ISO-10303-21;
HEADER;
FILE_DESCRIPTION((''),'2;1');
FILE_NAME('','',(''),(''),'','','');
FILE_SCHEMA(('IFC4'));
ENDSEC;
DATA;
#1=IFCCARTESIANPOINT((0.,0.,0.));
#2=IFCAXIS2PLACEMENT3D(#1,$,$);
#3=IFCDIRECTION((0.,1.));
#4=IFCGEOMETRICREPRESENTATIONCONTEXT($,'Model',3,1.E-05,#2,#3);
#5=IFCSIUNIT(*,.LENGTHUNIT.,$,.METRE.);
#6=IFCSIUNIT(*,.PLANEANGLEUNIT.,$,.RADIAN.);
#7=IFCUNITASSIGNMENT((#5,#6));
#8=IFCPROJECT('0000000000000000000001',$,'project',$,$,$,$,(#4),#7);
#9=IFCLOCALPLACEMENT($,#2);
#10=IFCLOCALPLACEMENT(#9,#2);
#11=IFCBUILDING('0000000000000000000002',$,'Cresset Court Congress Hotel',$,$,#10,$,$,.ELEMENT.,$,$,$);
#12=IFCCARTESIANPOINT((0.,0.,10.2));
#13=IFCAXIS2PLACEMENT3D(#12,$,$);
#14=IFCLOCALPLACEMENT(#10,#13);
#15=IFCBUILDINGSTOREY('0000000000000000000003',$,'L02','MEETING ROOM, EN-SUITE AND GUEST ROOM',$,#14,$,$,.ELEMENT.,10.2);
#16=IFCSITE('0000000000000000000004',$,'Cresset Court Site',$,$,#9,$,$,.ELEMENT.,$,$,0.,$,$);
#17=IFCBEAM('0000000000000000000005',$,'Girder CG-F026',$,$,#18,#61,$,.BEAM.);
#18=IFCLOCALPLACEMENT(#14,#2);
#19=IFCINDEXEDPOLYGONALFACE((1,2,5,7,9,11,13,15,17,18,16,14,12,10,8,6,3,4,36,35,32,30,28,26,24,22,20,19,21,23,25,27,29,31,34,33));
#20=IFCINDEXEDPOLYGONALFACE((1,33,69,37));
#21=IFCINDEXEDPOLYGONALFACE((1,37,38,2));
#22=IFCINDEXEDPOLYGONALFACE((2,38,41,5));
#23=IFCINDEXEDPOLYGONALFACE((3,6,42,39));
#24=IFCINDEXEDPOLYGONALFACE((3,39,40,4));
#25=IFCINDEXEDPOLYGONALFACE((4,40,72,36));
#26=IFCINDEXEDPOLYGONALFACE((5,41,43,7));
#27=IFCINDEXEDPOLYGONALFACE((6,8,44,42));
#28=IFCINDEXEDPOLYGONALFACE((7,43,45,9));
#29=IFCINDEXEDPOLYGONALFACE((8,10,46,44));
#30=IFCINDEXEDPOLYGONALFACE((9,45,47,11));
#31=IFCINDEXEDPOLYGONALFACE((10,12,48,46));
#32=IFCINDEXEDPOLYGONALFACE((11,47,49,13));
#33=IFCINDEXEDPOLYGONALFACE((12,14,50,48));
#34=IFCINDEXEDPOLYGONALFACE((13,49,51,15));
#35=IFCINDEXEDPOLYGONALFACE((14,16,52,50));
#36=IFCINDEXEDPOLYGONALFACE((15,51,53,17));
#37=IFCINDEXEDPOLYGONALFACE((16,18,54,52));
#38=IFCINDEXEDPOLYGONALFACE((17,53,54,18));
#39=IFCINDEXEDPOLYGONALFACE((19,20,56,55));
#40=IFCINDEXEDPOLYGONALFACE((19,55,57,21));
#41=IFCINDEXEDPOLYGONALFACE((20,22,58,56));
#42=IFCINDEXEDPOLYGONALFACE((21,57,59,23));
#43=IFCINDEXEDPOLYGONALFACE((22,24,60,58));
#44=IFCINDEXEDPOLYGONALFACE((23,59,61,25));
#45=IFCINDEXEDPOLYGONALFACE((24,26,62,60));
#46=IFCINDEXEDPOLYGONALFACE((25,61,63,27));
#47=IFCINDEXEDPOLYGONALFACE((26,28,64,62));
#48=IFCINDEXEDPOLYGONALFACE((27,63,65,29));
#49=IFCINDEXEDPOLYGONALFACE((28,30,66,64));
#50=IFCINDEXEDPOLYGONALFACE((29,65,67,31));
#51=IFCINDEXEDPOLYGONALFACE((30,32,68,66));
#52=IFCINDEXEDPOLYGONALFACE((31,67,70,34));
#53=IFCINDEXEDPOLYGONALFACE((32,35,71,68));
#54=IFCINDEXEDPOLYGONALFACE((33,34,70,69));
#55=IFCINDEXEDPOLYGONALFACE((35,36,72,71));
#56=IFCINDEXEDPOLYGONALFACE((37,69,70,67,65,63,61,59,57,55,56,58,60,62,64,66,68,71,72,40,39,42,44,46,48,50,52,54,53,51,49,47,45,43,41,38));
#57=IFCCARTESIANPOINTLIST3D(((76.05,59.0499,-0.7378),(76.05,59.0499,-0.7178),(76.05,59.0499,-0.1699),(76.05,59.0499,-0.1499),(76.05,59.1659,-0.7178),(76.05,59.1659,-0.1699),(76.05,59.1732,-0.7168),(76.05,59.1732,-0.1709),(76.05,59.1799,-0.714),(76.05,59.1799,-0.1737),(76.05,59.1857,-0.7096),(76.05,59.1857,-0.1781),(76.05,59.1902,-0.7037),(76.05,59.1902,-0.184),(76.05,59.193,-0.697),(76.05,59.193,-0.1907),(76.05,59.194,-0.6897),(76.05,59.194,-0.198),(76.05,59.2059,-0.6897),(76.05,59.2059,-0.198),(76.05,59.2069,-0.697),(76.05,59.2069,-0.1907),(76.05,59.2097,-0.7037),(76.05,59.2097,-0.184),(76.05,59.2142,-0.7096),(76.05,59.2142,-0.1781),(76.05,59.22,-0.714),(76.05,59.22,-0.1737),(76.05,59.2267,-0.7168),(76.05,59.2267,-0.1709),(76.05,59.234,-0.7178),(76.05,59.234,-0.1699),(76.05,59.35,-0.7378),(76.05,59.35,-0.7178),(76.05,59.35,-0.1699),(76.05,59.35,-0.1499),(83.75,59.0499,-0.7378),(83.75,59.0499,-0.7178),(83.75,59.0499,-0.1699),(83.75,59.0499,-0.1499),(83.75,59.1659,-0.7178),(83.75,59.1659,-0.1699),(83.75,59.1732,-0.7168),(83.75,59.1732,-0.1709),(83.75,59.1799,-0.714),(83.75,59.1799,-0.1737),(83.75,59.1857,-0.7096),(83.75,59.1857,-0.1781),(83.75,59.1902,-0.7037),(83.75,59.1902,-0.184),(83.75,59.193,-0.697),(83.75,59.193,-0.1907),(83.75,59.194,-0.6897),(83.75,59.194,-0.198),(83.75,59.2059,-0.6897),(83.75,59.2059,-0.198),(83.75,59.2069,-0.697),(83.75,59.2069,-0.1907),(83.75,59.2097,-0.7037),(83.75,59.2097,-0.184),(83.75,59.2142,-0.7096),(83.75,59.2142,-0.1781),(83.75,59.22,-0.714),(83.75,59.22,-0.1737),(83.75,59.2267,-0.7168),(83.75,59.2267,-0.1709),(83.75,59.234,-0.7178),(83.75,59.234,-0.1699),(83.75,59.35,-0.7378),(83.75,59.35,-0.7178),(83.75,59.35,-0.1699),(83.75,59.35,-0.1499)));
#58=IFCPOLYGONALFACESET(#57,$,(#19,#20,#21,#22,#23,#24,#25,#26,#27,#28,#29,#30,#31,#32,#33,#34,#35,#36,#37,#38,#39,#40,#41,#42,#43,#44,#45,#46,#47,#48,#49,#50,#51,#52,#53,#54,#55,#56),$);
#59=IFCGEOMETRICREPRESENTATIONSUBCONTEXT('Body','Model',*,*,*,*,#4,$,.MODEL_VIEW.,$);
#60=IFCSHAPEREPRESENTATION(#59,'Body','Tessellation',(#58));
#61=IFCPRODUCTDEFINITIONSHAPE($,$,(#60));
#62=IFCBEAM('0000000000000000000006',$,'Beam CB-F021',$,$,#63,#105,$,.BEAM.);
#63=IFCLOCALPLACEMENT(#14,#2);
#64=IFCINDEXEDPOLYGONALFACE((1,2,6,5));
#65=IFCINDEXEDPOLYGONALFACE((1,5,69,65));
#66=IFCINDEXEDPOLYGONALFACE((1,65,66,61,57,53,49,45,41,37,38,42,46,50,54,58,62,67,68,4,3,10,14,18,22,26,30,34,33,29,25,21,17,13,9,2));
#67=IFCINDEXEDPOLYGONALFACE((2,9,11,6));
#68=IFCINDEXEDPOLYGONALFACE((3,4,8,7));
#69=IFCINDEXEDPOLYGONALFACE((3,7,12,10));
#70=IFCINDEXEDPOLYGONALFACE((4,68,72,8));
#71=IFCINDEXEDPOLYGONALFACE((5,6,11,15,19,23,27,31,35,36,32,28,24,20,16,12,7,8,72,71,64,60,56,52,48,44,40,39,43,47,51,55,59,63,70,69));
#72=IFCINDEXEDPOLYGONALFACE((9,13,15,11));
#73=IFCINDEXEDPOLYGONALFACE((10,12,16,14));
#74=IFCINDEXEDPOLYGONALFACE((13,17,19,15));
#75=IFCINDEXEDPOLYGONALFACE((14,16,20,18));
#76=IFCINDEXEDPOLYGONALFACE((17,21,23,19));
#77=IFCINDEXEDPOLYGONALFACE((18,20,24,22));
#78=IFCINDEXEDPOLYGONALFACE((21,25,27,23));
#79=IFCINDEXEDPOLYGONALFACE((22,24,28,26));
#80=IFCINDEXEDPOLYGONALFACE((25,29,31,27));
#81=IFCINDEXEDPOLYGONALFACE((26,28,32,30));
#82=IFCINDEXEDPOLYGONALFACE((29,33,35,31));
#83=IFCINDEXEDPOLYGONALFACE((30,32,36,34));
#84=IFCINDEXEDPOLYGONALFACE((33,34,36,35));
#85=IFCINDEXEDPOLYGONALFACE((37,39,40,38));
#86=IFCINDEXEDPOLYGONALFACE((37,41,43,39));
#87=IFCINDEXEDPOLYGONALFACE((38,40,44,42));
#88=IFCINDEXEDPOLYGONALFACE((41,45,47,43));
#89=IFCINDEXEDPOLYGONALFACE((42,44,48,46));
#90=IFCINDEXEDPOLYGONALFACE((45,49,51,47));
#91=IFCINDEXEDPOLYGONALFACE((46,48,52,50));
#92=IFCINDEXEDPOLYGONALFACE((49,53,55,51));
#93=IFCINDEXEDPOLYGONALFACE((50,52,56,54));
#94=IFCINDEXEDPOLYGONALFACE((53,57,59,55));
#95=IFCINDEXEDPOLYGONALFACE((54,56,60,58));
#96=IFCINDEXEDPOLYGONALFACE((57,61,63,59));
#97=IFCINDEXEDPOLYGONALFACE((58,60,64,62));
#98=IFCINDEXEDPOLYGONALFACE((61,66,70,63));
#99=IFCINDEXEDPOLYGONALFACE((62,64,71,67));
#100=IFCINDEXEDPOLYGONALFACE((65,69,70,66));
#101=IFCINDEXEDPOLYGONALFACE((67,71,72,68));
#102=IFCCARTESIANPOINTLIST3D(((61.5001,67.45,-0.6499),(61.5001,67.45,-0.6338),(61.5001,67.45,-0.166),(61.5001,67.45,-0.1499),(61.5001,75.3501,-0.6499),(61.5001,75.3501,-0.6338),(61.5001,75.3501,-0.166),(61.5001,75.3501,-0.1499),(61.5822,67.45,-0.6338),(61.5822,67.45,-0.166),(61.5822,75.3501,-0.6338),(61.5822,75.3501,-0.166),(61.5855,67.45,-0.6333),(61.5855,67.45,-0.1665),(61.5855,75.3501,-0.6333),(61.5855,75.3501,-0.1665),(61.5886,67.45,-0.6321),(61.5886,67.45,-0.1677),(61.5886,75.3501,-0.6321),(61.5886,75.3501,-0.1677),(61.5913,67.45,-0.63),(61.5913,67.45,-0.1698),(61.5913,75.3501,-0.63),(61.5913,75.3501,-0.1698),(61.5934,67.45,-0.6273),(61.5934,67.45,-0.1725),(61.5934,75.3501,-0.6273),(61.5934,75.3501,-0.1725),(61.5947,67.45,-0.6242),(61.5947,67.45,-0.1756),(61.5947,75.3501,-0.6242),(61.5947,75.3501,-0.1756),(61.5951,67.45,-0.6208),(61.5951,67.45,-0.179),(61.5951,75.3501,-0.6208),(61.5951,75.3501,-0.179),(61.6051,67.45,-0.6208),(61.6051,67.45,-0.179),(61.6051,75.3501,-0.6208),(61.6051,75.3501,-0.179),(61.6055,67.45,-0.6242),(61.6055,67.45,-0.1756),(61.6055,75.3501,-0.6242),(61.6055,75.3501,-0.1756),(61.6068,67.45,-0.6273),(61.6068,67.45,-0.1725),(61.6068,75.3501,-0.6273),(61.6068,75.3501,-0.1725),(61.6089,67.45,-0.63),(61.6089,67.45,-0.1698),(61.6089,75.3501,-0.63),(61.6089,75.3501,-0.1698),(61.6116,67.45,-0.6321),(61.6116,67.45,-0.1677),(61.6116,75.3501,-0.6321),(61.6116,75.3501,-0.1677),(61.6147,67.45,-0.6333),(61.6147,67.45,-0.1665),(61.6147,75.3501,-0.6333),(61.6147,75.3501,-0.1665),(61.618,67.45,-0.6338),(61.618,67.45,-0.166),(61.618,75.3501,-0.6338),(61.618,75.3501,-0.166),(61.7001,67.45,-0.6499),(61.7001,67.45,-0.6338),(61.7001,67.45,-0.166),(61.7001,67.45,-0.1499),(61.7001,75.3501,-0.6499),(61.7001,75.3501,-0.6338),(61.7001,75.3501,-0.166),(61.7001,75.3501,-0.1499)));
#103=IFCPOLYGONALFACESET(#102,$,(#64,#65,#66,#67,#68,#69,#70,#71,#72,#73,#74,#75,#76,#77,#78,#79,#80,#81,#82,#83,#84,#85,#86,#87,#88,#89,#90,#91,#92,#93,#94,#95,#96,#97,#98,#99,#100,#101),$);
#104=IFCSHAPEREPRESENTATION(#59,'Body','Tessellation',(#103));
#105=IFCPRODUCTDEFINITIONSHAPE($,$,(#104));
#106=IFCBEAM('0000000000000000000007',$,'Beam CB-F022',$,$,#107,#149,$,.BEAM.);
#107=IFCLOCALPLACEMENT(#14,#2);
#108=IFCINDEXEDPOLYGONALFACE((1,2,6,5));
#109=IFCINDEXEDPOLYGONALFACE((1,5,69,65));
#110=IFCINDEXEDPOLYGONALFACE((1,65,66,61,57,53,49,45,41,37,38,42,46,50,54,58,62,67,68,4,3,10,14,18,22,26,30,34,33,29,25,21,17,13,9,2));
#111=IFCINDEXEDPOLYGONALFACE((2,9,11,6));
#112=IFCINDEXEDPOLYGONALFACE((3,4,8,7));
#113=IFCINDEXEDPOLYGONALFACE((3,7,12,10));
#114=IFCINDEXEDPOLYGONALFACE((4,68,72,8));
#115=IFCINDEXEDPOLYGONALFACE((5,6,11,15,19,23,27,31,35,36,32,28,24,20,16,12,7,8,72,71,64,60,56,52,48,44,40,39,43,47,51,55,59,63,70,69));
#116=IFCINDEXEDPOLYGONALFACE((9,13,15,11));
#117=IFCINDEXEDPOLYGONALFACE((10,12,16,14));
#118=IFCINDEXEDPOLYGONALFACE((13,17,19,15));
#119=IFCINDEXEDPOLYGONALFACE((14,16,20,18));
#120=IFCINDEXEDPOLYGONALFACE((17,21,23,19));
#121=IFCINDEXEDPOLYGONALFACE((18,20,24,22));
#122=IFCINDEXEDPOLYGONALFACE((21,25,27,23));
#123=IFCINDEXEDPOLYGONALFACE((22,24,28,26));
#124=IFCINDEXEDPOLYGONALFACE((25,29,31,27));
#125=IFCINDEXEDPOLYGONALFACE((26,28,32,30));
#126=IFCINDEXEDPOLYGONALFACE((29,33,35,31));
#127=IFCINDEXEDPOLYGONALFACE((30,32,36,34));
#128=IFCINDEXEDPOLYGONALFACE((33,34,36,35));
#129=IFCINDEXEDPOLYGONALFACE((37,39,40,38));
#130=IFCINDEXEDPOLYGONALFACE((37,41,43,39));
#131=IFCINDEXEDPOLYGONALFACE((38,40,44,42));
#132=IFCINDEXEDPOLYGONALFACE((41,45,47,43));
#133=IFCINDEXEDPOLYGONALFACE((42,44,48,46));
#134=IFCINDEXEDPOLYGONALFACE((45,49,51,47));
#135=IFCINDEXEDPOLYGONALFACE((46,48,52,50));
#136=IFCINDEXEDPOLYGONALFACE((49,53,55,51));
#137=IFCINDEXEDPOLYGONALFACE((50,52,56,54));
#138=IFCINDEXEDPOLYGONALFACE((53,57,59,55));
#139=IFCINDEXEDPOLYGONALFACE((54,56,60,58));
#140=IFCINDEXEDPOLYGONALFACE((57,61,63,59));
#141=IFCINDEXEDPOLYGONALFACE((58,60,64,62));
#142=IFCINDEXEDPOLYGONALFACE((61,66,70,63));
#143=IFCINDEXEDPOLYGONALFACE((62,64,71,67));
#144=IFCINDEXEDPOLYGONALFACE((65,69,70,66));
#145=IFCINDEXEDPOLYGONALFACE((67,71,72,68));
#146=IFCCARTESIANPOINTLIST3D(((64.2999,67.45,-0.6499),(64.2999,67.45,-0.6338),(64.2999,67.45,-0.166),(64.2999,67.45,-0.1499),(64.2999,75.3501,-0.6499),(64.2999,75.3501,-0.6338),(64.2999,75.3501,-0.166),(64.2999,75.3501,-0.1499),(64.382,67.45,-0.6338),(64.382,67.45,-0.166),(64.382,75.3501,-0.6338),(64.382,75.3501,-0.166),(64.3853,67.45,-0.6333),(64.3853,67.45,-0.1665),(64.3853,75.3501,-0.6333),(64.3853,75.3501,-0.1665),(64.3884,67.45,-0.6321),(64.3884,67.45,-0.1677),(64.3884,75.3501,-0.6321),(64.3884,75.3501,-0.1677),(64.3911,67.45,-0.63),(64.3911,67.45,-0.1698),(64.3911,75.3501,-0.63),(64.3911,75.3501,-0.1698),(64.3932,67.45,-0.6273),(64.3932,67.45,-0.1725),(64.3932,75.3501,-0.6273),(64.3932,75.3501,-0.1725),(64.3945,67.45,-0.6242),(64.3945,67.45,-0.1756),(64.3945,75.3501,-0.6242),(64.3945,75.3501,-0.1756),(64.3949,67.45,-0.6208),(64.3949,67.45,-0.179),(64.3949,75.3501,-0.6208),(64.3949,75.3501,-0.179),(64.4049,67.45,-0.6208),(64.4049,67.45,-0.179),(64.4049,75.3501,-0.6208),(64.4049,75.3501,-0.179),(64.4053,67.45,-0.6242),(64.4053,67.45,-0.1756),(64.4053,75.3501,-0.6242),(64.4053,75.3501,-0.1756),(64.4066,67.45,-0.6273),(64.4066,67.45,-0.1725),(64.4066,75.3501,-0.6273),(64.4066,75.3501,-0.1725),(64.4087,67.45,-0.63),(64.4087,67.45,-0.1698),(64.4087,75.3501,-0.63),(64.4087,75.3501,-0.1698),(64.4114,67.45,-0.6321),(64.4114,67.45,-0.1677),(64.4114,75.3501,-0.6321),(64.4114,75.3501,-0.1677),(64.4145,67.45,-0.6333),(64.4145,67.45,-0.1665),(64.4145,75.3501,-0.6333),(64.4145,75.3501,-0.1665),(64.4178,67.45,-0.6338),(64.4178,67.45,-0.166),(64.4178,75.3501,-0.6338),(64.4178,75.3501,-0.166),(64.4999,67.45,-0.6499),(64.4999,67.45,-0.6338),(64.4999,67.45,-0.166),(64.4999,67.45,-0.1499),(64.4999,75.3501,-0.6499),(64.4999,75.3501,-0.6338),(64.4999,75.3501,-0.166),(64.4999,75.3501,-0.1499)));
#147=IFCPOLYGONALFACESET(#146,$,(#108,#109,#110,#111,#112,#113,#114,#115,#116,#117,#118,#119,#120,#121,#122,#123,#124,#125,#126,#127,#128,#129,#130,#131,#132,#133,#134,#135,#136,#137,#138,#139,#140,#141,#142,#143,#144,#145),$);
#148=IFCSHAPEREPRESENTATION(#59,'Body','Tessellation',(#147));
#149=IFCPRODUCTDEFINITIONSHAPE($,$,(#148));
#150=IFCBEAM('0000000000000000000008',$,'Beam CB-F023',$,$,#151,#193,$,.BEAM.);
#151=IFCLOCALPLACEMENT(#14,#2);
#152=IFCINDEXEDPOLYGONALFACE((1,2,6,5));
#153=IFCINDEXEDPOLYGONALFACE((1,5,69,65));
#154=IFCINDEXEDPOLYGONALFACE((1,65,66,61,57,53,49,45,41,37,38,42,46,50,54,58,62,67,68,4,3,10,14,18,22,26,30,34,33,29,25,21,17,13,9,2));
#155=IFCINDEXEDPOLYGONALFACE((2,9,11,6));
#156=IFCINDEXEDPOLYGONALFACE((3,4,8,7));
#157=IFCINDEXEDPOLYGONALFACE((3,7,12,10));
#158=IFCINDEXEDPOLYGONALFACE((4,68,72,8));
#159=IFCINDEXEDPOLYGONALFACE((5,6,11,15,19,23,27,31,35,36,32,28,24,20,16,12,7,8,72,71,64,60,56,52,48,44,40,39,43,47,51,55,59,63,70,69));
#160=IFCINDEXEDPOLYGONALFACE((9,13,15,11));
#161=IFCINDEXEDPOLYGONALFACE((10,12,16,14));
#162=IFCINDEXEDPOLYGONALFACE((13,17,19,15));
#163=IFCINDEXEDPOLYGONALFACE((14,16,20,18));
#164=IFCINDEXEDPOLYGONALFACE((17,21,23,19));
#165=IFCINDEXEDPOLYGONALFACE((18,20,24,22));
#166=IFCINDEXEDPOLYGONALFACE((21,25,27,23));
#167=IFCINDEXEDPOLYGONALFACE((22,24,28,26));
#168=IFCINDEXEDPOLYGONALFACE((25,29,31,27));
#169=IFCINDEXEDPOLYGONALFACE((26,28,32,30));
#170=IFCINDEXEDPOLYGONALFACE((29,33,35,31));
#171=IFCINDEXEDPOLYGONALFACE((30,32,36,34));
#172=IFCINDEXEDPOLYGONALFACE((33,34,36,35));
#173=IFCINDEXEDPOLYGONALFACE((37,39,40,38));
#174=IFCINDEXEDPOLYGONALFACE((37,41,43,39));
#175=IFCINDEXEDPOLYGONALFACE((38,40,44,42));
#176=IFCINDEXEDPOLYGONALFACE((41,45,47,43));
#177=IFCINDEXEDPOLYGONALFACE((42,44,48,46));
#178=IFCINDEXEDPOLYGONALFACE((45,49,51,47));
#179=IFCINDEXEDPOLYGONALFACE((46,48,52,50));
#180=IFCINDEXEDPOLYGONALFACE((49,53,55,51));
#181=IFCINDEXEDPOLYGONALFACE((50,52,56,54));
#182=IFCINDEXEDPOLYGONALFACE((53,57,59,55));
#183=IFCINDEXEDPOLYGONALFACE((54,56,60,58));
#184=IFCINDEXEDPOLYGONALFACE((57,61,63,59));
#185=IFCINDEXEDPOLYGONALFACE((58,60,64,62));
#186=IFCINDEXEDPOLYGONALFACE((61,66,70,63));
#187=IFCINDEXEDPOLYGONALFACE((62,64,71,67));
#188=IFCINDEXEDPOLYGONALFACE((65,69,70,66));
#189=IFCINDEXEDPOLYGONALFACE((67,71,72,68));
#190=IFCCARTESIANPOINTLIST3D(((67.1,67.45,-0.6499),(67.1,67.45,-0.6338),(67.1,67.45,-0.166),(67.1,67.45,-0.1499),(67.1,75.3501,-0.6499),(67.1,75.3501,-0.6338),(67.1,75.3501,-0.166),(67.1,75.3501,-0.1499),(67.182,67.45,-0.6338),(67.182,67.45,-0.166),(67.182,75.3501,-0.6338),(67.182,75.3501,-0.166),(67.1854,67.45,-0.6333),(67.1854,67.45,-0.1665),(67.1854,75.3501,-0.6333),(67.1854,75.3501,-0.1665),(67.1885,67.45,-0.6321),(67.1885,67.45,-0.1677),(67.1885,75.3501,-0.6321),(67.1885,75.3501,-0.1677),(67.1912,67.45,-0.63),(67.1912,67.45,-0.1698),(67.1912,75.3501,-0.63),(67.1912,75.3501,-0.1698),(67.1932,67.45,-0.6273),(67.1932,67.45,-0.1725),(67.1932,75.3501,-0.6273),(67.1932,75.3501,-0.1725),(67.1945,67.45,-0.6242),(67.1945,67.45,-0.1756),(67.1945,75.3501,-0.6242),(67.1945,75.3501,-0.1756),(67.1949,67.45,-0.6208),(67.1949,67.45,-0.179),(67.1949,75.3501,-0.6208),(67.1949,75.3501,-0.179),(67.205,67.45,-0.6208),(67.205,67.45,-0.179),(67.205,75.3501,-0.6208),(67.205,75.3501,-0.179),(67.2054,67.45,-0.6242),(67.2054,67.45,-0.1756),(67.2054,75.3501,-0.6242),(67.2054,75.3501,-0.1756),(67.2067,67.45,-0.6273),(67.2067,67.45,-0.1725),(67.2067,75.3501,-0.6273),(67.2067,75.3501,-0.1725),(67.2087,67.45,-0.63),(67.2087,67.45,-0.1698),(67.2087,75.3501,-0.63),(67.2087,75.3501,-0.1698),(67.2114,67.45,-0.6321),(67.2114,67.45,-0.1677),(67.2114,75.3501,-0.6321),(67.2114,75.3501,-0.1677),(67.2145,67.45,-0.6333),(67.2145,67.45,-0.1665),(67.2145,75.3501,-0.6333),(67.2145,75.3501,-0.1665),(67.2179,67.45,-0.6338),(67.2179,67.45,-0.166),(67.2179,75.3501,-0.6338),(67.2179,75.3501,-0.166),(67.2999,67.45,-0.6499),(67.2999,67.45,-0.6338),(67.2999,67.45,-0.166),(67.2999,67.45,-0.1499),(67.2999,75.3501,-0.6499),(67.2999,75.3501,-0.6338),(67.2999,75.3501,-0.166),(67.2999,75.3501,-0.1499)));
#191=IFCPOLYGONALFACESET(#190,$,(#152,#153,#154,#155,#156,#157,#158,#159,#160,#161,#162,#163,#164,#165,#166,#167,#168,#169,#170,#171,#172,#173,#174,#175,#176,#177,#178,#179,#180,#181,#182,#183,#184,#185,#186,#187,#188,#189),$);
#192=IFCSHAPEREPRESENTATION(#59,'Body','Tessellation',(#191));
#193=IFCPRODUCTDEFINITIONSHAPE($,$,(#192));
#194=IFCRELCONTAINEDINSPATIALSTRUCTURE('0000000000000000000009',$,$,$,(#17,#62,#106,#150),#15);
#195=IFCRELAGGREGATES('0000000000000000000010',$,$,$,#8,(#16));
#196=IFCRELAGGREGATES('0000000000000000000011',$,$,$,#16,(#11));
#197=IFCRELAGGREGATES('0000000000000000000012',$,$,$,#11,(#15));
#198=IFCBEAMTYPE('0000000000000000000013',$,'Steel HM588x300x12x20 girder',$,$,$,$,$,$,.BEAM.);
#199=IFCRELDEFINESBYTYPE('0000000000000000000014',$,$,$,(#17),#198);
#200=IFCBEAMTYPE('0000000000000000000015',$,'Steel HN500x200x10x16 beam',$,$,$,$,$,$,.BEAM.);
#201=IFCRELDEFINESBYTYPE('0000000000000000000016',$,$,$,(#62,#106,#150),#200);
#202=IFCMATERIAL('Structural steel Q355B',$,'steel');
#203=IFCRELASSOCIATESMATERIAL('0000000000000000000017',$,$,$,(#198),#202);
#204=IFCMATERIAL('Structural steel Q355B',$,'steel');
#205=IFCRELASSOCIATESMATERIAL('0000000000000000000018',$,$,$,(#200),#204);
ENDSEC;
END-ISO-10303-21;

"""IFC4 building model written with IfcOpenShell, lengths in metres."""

from ifc_helpers import new_model, si_unit, direction, frame, origin, origin_2d, place, context, subcontext, project, spatial, i_section, extrude, material, material_profile, profile_set, type_object, element, save


model = new_model("IFC4")

# Units and contexts
model_context = context("Model", 3, precision=1e-05, world=origin(), true_north=direction((0.0, 1.0)))
body_context = subcontext(model_context, "Body", "Model", "MODEL_VIEW")
ifc_project = project(units=[si_unit("LENGTHUNIT", "METRE"), si_unit("PLANEANGLEUNIT", "RADIAN")], contexts=[model_context])

# Site, building, storey
site_placement = place(None, origin())
site = spatial("IfcSite", under=ifc_project, at=site_placement, Name="Cresset Court Site", CompositionType="ELEMENT", RefElevation=0.0)
building_placement = place(site_placement, origin())
building = spatial("IfcBuilding", under=site, at=building_placement, Name="Cresset Court Congress Hotel", CompositionType="ELEMENT")
storey_placement = place(building_placement, frame((0.0, 0.0, 10.2)))
storey = spatial("IfcBuildingStorey", under=building, at=storey_placement, Name="L02", Description="MEETING ROOM, EN-SUITE AND GUEST ROOM", CompositionType="ELEMENT", Elevation=10.2)

# Beams
ifc_material_1 = material(Name="Structural steel Q355B", Category="steel")
ifc_material_profile_1 = material_profile(ifc_material_1, i_section(OverallWidth=0.3, OverallDepth=0.5879, WebThickness=0.012, FlangeThickness=0.02, FilletRadius=0.0281, at=origin_2d()), Name="HM588x300x12x20")
ifc_profile_set_1 = profile_set([ifc_material_profile_1], Name="Structural steel Q355B")
beam_type_1 = type_object("IfcBeamType", Name="Steel HM588x300x12x20 girder", PredefinedType="BEAM", material=ifc_profile_set_1)
for number, where, z_axis, x_axis, name in (
    (1, (76.05, 59.2, -0.4438), (1.0, 0.0, 0.0), (0.0, 1.0, 0.0), "Girder CG-F026"),
):
    element("IfcBeam", number, at=place(storey_placement, frame(where, z_axis=z_axis, x_axis=x_axis)), inside=storey, type_object=beam_type_1, Name=name, PredefinedType="BEAM", context=body_context, shape_type="SweptSolid", body=[
        extrude(i_section(OverallWidth=0.3, OverallDepth=0.5879, WebThickness=0.012, FlangeThickness=0.02, FilletRadius=0.0281, at=origin_2d()), origin(), (0.0, 0.0, 1.0), 7.7),
    ])
ifc_material_2 = material(Name="Structural steel Q355B", Category="steel")
ifc_material_profile_2 = material_profile(ifc_material_2, i_section(OverallWidth=0.2, OverallDepth=0.5, WebThickness=0.01, FlangeThickness=0.0161, FilletRadius=0.0129, at=origin_2d()), Name="HN500x200x10x16")
ifc_profile_set_2 = profile_set([ifc_material_profile_2], Name="Structural steel Q355B")
beam_type_2 = type_object("IfcBeamType", Name="Steel HN500x200x10x16 beam", PredefinedType="BEAM", material=ifc_profile_set_2)
for number, where, z_axis, x_axis, name in (
    (2, (61.6001, 67.45, -0.3999), (0.0, 1.0, 0.0), (-1.0, 0.0, 0.0), "Beam CB-F021"),
    (3, (64.3999, 67.45, -0.3999), (0.0, 1.0, 0.0), (-1.0, 0.0, 0.0), "Beam CB-F022"),
    (4, (67.2, 67.45, -0.3999), (0.0, 1.0, 0.0), (-1.0, 0.0, 0.0), "Beam CB-F023"),
):
    element("IfcBeam", number, at=place(storey_placement, frame(where, z_axis=z_axis, x_axis=x_axis)), inside=storey, type_object=beam_type_2, Name=name, PredefinedType="BEAM", context=body_context, shape_type="SweptSolid", body=[
        extrude(i_section(OverallWidth=0.2, OverallDepth=0.5, WebThickness=0.01, FlangeThickness=0.0161, FilletRadius=0.0129, at=origin_2d()), origin(), (0.0, 0.0, 1.0), 7.9001),
    ])

save(model, "model.ifc")
